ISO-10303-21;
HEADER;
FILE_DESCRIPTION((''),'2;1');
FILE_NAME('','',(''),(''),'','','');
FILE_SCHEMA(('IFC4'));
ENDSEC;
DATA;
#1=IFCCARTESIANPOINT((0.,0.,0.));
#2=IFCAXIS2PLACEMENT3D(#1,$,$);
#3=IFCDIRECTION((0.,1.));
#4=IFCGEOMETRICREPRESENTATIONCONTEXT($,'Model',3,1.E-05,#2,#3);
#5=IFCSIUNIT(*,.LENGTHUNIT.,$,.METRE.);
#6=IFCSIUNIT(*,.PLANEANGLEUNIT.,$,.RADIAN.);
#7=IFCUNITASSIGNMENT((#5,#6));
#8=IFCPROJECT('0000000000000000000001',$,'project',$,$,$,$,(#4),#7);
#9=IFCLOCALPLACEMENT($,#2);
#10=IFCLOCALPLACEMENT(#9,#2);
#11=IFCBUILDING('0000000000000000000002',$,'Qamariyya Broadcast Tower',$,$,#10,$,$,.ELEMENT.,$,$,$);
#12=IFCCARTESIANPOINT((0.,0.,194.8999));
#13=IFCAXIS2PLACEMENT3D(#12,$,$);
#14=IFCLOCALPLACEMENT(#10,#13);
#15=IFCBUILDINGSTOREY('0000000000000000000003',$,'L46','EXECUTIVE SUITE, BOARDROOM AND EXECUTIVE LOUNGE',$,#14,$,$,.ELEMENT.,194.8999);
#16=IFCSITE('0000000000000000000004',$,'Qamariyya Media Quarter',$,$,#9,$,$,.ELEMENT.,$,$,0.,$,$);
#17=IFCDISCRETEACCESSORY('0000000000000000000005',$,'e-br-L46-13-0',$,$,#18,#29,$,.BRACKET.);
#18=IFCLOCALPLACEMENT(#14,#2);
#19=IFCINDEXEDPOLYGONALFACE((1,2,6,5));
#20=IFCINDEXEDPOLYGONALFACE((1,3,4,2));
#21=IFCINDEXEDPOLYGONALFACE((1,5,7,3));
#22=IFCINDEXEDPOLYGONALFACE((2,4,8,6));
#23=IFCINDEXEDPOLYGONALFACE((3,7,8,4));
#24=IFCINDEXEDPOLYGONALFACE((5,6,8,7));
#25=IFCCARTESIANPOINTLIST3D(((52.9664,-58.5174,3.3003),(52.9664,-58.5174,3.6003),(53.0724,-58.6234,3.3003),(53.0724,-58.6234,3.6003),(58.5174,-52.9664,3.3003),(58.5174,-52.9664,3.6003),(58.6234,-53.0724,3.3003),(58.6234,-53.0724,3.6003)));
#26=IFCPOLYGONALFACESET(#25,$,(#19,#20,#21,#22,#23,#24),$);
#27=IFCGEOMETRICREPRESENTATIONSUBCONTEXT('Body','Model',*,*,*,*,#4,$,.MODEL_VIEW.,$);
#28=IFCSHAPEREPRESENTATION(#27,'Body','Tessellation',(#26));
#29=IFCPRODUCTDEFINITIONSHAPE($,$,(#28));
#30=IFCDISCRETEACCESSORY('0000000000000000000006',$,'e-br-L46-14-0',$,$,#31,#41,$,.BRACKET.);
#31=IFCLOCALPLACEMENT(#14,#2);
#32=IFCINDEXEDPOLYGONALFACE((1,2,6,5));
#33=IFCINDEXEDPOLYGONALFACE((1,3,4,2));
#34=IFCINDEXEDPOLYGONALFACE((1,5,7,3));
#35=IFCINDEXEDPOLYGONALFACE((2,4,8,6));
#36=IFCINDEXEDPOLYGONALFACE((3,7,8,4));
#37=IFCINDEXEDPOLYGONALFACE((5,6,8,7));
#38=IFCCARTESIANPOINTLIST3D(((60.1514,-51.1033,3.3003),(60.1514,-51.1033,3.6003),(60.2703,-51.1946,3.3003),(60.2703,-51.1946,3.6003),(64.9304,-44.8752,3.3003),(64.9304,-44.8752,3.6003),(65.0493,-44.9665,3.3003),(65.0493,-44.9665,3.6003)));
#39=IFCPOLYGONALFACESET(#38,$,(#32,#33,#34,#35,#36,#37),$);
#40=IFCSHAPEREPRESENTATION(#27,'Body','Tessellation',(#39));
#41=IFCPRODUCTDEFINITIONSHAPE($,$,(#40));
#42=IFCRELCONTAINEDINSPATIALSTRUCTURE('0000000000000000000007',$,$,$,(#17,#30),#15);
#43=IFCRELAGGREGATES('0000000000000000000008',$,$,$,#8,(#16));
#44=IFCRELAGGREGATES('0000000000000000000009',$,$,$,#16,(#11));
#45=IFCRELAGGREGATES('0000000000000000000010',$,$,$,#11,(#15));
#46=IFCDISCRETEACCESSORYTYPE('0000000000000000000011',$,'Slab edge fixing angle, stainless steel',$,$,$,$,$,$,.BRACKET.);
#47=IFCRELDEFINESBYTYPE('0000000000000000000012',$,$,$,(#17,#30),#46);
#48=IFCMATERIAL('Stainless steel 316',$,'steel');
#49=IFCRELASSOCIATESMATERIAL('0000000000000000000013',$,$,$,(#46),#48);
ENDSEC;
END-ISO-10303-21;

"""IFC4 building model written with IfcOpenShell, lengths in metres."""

from ifc_helpers import new_model, si_unit, direction, frame, origin, origin_2d, place, context, subcontext, project, spatial, rectangle, extrude, material, type_object, element, save


model = new_model("IFC4")

# Units and contexts
model_context = context("Model", 3, precision=1e-05, world=origin(), true_north=direction((0.0, 1.0)))
body_context = subcontext(model_context, "Body", "Model", "MODEL_VIEW")
ifc_project = project(units=[si_unit("LENGTHUNIT", "METRE"), si_unit("PLANEANGLEUNIT", "RADIAN")], contexts=[model_context])

# Site, building, storey
site_placement = place(None, origin())
site = spatial("IfcSite", under=ifc_project, at=site_placement, Name="Qamariyya Media Quarter", CompositionType="ELEMENT", RefElevation=0.0)
building_placement = place(site_placement, origin())
building = spatial("IfcBuilding", under=site, at=building_placement, Name="Qamariyya Broadcast Tower", CompositionType="ELEMENT")
storey_placement = place(building_placement, frame((0.0, 0.0, 194.8999)))
storey = spatial("IfcBuildingStorey", under=building, at=storey_placement, Name="L46", Description="EXECUTIVE SUITE, BOARDROOM AND EXECUTIVE LOUNGE", CompositionType="ELEMENT", Elevation=194.8999)

# Discrete accessories
ifc_material_1 = material(Name="Stainless steel 316", Category="steel")
discrete_accessory_type = type_object("IfcDiscreteAccessoryType", Name="Slab edge fixing angle, stainless steel", PredefinedType="BRACKET", material=ifc_material_1)
for number, where, z_axis, x_axis, name in (
    (1, (55.7949, -55.7949, 3.3003), (0.0, 0.0, 1.0), (0.707107, 0.707107, 0.0), "e-br-L46-13-0"),
    (2, (62.6003, -48.0349, 3.3003), (0.0, 0.0, 1.0), (0.608761, 0.793353, 0.0), "e-br-L46-14-0"),
):
    element("IfcDiscreteAccessory", number, at=place(storey_placement, frame(where, z_axis=z_axis, x_axis=x_axis)), inside=storey, type_object=discrete_accessory_type, Name=name, PredefinedType="BRACKET", context=body_context, shape_type="SweptSolid", body=[
        extrude(rectangle(XDim=7.8503, YDim=0.1499, at=origin_2d()), origin(), (0.0, 0.0, 1.0), 0.3),
    ])

save(model, "model.ifc")
